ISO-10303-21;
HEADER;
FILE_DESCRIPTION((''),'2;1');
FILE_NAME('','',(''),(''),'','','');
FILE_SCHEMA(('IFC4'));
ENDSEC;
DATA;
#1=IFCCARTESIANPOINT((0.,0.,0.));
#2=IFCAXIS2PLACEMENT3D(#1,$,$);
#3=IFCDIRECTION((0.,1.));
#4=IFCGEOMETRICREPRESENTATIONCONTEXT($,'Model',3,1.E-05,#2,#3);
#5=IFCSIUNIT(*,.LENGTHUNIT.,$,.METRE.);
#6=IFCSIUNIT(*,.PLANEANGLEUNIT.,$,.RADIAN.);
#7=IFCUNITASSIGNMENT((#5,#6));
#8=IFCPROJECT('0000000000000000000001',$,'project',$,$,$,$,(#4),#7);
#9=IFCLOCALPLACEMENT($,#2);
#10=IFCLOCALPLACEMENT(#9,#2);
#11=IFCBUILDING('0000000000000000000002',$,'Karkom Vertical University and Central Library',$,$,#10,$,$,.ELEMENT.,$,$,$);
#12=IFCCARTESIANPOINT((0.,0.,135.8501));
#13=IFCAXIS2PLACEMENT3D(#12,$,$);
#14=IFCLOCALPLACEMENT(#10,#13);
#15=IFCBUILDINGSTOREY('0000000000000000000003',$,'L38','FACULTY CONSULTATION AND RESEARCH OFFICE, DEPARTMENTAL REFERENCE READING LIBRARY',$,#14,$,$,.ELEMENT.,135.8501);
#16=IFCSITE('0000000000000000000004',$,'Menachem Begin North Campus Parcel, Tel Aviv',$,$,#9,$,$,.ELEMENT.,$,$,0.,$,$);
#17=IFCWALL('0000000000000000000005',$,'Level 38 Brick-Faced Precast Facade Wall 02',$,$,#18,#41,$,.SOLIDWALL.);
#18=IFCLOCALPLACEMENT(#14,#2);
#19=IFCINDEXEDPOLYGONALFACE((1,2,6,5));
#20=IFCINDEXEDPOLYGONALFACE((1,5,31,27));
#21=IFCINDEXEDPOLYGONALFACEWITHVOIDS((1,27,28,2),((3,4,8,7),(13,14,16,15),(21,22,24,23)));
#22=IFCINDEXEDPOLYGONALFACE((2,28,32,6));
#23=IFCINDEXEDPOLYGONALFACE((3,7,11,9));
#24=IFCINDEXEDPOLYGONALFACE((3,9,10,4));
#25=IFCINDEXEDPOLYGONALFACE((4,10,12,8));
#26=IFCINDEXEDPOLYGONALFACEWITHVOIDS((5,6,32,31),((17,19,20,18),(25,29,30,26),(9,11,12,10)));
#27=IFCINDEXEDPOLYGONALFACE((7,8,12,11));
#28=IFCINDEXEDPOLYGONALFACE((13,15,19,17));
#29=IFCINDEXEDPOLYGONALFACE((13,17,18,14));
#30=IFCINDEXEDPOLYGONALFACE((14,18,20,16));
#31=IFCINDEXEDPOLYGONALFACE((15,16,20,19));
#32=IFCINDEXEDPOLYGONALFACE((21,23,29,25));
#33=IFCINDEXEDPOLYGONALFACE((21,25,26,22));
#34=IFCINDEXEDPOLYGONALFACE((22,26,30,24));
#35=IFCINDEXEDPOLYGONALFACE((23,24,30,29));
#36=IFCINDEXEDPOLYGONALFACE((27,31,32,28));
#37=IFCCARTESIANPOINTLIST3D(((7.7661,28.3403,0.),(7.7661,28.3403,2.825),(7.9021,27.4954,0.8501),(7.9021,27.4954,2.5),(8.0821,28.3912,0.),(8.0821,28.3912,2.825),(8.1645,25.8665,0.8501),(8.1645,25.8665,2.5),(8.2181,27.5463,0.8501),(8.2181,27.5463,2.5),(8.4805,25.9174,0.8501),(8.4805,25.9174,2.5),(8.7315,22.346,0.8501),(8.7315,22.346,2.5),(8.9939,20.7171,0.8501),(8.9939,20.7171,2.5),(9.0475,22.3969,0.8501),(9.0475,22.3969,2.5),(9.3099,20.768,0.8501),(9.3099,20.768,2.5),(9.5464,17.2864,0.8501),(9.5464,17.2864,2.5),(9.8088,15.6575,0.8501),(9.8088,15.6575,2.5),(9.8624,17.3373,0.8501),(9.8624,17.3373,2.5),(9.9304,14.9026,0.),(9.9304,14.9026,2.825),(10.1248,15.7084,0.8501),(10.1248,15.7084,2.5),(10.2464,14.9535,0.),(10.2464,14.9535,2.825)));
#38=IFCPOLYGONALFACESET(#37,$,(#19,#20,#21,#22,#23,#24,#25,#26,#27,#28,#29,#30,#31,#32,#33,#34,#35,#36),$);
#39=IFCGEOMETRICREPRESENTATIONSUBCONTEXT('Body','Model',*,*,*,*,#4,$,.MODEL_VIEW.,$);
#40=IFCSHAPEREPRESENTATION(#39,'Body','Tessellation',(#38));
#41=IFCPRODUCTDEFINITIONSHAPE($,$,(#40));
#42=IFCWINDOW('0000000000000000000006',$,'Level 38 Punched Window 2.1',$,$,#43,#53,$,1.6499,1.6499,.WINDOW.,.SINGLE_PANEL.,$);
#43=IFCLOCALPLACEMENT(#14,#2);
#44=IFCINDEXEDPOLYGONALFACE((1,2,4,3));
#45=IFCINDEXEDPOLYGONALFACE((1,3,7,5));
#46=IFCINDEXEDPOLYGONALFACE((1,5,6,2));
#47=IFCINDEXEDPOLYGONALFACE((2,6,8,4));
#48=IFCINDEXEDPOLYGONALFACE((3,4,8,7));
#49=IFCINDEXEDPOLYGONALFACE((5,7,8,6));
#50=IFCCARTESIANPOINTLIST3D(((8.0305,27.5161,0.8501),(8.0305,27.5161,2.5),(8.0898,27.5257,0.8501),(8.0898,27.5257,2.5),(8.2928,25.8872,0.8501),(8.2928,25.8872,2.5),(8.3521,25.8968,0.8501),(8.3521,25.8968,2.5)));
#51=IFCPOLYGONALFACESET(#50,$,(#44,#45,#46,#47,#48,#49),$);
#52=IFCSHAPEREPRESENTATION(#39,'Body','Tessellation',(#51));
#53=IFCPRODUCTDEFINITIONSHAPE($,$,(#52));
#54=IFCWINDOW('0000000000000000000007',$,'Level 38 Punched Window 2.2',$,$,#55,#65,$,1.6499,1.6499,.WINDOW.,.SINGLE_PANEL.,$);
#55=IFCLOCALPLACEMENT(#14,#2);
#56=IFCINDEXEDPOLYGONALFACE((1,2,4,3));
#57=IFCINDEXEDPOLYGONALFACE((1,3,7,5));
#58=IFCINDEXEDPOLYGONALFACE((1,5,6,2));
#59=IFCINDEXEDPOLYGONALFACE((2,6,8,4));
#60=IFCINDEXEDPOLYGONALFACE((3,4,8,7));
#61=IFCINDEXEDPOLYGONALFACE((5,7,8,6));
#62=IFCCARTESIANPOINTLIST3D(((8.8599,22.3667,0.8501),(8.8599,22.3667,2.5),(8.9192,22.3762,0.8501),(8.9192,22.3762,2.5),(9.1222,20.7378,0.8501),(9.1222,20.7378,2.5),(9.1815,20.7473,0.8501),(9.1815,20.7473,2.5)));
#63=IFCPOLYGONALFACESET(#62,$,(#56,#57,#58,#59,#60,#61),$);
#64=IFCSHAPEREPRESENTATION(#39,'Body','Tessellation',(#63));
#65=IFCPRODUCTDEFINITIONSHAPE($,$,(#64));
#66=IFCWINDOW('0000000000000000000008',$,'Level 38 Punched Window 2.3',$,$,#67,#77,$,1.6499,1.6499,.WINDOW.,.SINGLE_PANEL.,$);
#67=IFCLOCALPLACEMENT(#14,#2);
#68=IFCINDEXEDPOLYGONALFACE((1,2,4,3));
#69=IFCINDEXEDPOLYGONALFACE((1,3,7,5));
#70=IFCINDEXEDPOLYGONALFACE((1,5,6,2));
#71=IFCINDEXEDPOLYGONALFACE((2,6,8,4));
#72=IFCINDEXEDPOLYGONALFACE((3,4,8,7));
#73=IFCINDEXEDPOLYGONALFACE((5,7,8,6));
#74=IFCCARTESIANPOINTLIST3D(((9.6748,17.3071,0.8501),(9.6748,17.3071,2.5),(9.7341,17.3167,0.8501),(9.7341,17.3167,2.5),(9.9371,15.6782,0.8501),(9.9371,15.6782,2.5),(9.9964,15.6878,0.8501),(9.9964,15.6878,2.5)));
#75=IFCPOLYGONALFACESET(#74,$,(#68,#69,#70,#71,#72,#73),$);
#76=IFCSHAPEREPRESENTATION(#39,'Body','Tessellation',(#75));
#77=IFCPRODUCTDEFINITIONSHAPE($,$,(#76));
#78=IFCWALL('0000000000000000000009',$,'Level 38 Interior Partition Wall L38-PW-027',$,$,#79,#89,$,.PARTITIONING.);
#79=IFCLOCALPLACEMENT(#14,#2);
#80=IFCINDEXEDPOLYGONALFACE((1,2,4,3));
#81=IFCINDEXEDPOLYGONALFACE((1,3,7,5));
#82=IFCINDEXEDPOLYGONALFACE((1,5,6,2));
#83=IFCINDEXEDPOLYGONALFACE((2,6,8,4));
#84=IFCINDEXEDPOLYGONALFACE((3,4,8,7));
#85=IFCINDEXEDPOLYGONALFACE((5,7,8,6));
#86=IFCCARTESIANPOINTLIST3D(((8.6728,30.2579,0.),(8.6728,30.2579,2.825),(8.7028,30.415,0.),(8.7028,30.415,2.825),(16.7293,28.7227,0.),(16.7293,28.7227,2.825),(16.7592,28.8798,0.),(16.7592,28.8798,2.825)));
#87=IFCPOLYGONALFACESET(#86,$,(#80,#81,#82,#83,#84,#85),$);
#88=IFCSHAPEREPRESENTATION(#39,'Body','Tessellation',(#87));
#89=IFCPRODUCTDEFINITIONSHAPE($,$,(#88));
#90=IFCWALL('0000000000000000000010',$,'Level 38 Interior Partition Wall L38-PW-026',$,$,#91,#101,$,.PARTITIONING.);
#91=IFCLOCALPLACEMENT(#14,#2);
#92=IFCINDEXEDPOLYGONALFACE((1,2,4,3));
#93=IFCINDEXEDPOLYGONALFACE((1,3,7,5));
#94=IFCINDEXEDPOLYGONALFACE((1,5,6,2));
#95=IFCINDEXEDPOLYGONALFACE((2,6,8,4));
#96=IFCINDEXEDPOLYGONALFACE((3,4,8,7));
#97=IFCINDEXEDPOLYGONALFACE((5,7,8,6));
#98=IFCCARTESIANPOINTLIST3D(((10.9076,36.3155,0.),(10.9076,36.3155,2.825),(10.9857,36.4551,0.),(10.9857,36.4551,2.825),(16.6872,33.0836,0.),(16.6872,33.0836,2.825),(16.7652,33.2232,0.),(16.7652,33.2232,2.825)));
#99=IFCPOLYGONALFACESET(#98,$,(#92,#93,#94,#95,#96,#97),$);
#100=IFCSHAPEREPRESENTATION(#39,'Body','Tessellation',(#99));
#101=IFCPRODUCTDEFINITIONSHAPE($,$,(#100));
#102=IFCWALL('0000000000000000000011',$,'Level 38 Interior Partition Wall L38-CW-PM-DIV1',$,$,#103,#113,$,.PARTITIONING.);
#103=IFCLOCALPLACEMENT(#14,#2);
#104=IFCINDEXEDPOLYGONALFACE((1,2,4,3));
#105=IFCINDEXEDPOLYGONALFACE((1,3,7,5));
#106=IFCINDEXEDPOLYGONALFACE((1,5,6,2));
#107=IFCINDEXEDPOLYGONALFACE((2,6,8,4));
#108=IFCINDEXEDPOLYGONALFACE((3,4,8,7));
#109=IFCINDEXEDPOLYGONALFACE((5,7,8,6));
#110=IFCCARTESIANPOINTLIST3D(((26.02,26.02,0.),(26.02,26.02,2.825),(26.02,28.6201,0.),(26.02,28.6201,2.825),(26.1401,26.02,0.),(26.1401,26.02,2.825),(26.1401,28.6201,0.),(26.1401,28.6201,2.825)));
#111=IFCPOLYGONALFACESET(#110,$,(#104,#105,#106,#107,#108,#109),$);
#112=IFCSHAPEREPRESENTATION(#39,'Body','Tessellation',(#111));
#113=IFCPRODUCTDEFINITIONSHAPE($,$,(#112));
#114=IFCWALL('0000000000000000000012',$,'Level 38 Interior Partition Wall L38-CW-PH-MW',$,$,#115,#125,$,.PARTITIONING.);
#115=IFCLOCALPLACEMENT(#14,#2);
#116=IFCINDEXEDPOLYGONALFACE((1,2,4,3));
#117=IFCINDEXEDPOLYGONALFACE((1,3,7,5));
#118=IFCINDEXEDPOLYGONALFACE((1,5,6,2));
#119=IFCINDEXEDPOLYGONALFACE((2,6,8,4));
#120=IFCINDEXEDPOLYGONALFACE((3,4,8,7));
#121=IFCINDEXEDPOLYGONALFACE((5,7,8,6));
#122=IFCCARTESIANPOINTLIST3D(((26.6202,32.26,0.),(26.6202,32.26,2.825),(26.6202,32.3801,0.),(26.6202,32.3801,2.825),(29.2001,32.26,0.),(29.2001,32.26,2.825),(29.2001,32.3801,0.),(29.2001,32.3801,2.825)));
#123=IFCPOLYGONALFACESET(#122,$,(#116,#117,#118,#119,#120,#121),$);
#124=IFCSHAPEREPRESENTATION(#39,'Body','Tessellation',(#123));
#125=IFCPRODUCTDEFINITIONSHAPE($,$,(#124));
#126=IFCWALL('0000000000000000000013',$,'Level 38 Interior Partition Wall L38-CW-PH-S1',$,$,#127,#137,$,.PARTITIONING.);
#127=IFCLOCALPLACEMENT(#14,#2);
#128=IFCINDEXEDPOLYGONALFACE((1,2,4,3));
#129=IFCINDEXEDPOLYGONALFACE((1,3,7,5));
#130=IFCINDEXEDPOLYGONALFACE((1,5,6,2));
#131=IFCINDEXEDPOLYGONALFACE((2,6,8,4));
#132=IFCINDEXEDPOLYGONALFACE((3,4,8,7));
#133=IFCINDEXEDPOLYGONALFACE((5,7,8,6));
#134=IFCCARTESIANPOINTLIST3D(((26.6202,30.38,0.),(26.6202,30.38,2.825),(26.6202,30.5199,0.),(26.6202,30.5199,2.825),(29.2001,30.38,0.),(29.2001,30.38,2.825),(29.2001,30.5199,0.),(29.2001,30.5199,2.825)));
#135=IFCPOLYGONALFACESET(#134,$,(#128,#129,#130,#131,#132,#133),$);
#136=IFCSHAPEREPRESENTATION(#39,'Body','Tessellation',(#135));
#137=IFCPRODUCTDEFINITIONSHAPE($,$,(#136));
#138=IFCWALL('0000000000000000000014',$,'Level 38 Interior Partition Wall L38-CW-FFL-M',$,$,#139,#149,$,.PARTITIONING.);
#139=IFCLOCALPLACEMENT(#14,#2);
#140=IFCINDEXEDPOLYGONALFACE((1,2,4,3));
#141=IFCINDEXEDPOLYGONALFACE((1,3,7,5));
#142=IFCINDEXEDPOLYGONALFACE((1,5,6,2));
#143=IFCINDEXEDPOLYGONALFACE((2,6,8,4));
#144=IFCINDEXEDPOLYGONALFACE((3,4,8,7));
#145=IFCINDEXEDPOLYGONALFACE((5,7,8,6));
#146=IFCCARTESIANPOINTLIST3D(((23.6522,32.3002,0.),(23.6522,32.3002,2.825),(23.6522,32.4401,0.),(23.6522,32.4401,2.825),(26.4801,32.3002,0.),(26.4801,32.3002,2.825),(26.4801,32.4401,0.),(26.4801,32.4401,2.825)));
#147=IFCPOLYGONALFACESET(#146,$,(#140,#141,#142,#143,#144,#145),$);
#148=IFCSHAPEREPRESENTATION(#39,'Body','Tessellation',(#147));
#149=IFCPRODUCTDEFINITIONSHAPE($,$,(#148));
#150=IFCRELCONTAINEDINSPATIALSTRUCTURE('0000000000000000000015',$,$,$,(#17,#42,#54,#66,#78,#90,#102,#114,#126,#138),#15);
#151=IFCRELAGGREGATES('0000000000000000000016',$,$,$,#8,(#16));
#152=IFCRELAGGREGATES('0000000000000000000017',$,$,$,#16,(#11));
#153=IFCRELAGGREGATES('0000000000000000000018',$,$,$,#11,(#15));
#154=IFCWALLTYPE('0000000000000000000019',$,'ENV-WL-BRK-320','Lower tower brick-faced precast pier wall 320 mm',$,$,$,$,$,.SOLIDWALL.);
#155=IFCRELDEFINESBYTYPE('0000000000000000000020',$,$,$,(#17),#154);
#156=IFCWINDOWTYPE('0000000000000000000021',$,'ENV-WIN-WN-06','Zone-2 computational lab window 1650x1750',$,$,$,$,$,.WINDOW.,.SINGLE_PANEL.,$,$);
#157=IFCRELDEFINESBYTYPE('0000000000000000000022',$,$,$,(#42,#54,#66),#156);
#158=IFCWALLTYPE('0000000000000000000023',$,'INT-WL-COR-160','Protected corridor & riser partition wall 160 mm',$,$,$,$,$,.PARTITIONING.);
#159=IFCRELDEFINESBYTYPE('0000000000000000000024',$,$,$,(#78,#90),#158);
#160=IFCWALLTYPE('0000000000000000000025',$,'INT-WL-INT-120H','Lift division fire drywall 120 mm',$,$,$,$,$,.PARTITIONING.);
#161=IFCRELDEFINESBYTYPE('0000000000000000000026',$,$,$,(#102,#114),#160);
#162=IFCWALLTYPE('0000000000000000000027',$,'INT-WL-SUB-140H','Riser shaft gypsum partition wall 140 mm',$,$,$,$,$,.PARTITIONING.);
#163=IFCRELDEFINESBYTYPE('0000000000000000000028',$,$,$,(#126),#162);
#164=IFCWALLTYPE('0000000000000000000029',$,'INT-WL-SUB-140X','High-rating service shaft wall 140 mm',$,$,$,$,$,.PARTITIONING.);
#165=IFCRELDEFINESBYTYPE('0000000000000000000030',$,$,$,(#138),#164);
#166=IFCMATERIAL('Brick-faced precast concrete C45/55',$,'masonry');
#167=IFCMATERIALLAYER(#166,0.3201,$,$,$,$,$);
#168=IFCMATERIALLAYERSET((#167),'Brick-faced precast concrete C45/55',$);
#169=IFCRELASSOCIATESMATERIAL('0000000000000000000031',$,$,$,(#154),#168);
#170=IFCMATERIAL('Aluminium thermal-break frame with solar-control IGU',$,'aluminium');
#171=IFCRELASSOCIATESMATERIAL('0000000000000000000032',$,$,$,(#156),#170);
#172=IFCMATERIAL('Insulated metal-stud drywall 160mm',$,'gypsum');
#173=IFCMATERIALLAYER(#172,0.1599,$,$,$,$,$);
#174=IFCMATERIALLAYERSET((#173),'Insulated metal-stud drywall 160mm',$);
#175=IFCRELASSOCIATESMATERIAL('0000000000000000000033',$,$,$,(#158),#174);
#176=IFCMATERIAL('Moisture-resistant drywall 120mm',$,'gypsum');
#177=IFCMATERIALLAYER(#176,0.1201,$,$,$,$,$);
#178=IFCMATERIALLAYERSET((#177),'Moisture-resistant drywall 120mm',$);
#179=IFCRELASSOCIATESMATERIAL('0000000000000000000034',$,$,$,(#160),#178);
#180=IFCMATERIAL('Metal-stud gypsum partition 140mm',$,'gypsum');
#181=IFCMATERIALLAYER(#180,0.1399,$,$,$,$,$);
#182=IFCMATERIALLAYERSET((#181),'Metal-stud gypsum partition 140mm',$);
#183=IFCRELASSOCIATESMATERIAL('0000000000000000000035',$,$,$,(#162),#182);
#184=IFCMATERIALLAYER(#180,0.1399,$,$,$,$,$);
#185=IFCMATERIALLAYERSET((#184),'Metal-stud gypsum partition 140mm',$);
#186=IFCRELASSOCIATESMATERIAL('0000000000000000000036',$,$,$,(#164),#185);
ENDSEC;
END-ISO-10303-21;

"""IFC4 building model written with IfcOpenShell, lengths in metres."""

from ifc_helpers import new_model, si_unit, direction, frame, frame_2d, origin, origin_with_axes, place, context, subcontext, project, spatial, rectangle, extrude, source, transform, mapped, material, layer, layer_set, type_object, element, fill, save


model = new_model("IFC4")

# Units and contexts
model_context = context("Model", 3, precision=1e-05, world=origin(), true_north=direction((0.0, 1.0)))
body_context = subcontext(model_context, "Body", "Model", "MODEL_VIEW")
ifc_project = project(units=[si_unit("LENGTHUNIT", "METRE"), si_unit("PLANEANGLEUNIT", "RADIAN")], contexts=[model_context])

# Site, building, storey
site_placement = place(None, origin())
site = spatial("IfcSite", under=ifc_project, at=site_placement, Name="Menachem Begin North Campus Parcel, Tel Aviv", CompositionType="ELEMENT", RefElevation=0.0)
building_placement = place(site_placement, origin())
building = spatial("IfcBuilding", under=site, at=building_placement, Name="Karkom Vertical University and Central Library", CompositionType="ELEMENT")
storey_placement = place(building_placement, frame((0.0, 0.0, 135.8501)))
storey = spatial("IfcBuildingStorey", under=building, at=storey_placement, Name="L38", Description="FACULTY CONSULTATION AND RESEARCH OFFICE, DEPARTMENTAL REFERENCE READING LIBRARY", CompositionType="ELEMENT", Elevation=135.8501)

# Wall, openings, windows
ifc_material_1 = material(Name="Brick-faced precast concrete C45/55", Category="masonry")
ifc_layer_1 = layer(ifc_material_1, 0.3201)
ifc_layer_set_1 = layer_set([ifc_layer_1], Name="Brick-faced precast concrete C45/55")
wall_type_1 = type_object("IfcWallType", Name="ENV-WL-BRK-320", Description="Lower tower brick-faced precast pier wall 320 mm", PredefinedType="SOLIDWALL", material=ifc_layer_set_1)
wall_1_placement = place(storey_placement, frame((7.9241, 28.3657, 0.0), z_axis=(0.0, 0.0, 1.0), x_axis=(0.159012, -0.987277, 0.0)))
wall_1 = element("IfcWall", 1, at=wall_1_placement, inside=storey, type_object=wall_type_1, Name="Level 38 Brick-Faced Precast Facade Wall 02", PredefinedType="SOLIDWALL", context=body_context, shape_type="SweptSolid", body=[
    extrude(rectangle(XDim=13.6108, YDim=0.3201, at=frame_2d((6.8054, 0.0))), origin(), (0.0, 0.0, 1.0), 2.825),
])
opening_1_placement = place(wall_1_placement, frame((0.8557, 0.0, 0.8501)))
opening_1 = element("IfcOpeningElement", 2, at=opening_1_placement, cuts=wall_1, PredefinedType="OPENING", context=body_context, shape_type="SweptSolid", body=[
    extrude(rectangle(XDim=1.6499, YDim=1.6499, at=frame_2d((0.825, 0.825))), frame((0.0, 0.1699, 0.0), z_axis=(0.0, -1.0, 0.0), x_axis=(1.0, 0.0, 0.0)), (0.0, 0.0, 1.0), 0.3401),
])
opening_2_placement = place(wall_1_placement, frame((6.0715, 0.0, 0.8501)))
opening_2 = element("IfcOpeningElement", 3, at=opening_2_placement, cuts=wall_1, PredefinedType="OPENING", context=body_context, shape_type="SweptSolid", body=[
    extrude(rectangle(XDim=1.6499, YDim=1.6499, at=frame_2d((0.825, 0.825))), frame((0.0, 0.1699, 0.0), z_axis=(0.0, -1.0, 0.0), x_axis=(1.0, 0.0, 0.0)), (0.0, 0.0, 1.0), 0.3401),
])
opening_3_placement = place(wall_1_placement, frame((11.1963, 0.0, 0.8501)))
opening_3 = element("IfcOpeningElement", 4, at=opening_3_placement, cuts=wall_1, PredefinedType="OPENING", context=body_context, shape_type="SweptSolid", body=[
    extrude(rectangle(XDim=1.6499, YDim=1.6499, at=frame_2d((0.825, 0.825))), frame((0.0, 0.1699, 0.0), z_axis=(0.0, -1.0, 0.0), x_axis=(1.0, 0.0, 0.0)), (0.0, 0.0, 1.0), 0.3401),
])
ifc_material_2 = material(Name="Aluminium thermal-break frame with solar-control IGU", Category="aluminium")
window_type = type_object("IfcWindowType", Name="ENV-WIN-WN-06", Description="Zone-2 computational lab window 1650x1750", PartitioningType="SINGLE_PANEL", PredefinedType="WINDOW", material=ifc_material_2)
shared_shape_1 = source(origin_with_axes(), body_context, "Body", "SweptSolid", [
    extrude(rectangle(XDim=1.6499, YDim=1.6499, at=frame_2d((0.825, 0.825))), frame((0.0, 0.03, 0.0), z_axis=(0.0, -1.0, 0.0), x_axis=(1.0, 0.0, 0.0)), (0.0, 0.0, 1.0), 0.0601),
])
window_1_placement = place(opening_1_placement, origin())
window_1 = element("IfcWindow", 5, at=window_1_placement, inside=storey, type_object=window_type, Name="Level 38 Punched Window 2.1", OverallHeight=1.6499, OverallWidth=1.6499, PartitioningType="SINGLE_PANEL", PredefinedType="WINDOW", context=body_context, shape_type="MappedRepresentation", body=[
    mapped(shared_shape_1, transform((0.0, 0.0, 0.0), scale=1.0)),
])
fill(opening_1, window_1)
window_2_placement = place(opening_2_placement, origin())
window_2 = element("IfcWindow", 6, at=window_2_placement, inside=storey, type_object=window_type, Name="Level 38 Punched Window 2.2", OverallHeight=1.6499, OverallWidth=1.6499, PartitioningType="SINGLE_PANEL", PredefinedType="WINDOW", context=body_context, shape_type="MappedRepresentation", body=[
    mapped(shared_shape_1, transform((0.0, 0.0, 0.0), scale=1.0)),
])
fill(opening_2, window_2)
window_3_placement = place(opening_3_placement, origin())
window_3 = element("IfcWindow", 7, at=window_3_placement, inside=storey, type_object=window_type, Name="Level 38 Punched Window 2.3", OverallHeight=1.6499, OverallWidth=1.6499, PartitioningType="SINGLE_PANEL", PredefinedType="WINDOW", context=body_context, shape_type="MappedRepresentation", body=[
    mapped(shared_shape_1, transform((0.0, 0.0, 0.0), scale=1.0)),
])
fill(opening_3, window_3)

# Walls
ifc_material_3 = material(Name="Insulated metal-stud drywall 160mm", Category="gypsum")
ifc_layer_2 = layer(ifc_material_3, 0.1599)
ifc_layer_set_2 = layer_set([ifc_layer_2], Name="Insulated metal-stud drywall 160mm")
wall_type_2 = type_object("IfcWallType", Name="INT-WL-COR-160", Description="Protected corridor & riser partition wall 160 mm", PredefinedType="PARTITIONING", material=ifc_layer_set_2)
wall_2_placement = place(storey_placement, frame((16.7441, 28.8013, 0.0), z_axis=(0.0, 0.0, 1.0), x_axis=(-0.982325, 0.187183, 0.0)))
element("IfcWall", 8, at=wall_2_placement, inside=storey, type_object=wall_type_2, Name="Level 38 Interior Partition Wall L38-PW-027", PredefinedType="PARTITIONING", context=body_context, shape_type="SweptSolid", body=[
    extrude(rectangle(XDim=8.2014, YDim=0.1599, at=frame_2d((4.1006, 0.0))), origin(), (0.0, 0.0, 1.0), 2.825),
])
wall_3_placement = place(storey_placement, frame((16.7263, 33.1533, 0.0), z_axis=(0.0, 0.0, 1.0), x_axis=(-0.872803, 0.488073, 0.0)))
element("IfcWall", 9, at=wall_3_placement, inside=storey, type_object=wall_type_2, Name="Level 38 Interior Partition Wall L38-PW-026", PredefinedType="PARTITIONING", context=body_context, shape_type="SweptSolid", body=[
    extrude(rectangle(XDim=6.6218, YDim=0.1599, at=frame_2d((3.311, 0.0))), origin(), (0.0, 0.0, 1.0), 2.825),
])
ifc_material_4 = material(Name="Moisture-resistant drywall 120mm", Category="gypsum")
ifc_layer_3 = layer(ifc_material_4, 0.1201)
ifc_layer_set_3 = layer_set([ifc_layer_3], Name="Moisture-resistant drywall 120mm")
wall_type_3 = type_object("IfcWallType", Name="INT-WL-INT-120H", Description="Lift division fire drywall 120 mm", PredefinedType="PARTITIONING", material=ifc_layer_set_3)
wall_4_placement = place(storey_placement, frame((26.0801, 26.02, 0.0), z_axis=(0.0, 0.0, 1.0), x_axis=(0.0, 1.0, 0.0)))
element("IfcWall", 10, at=wall_4_placement, inside=storey, type_object=wall_type_3, Name="Level 38 Interior Partition Wall L38-CW-PM-DIV1", PredefinedType="PARTITIONING", context=body_context, shape_type="SweptSolid", body=[
    extrude(rectangle(XDim=2.6001, YDim=0.1201, at=frame_2d((1.3, 0.0))), origin(), (0.0, 0.0, 1.0), 2.825),
])
wall_5_placement = place(storey_placement, frame((26.6201, 32.3201, 0.0), z_axis=(0.0, 0.0, 1.0), x_axis=(1.0, 0.0, 0.0)))
element("IfcWall", 11, at=wall_5_placement, inside=storey, type_object=wall_type_3, Name="Level 38 Interior Partition Wall L38-CW-PH-MW", PredefinedType="PARTITIONING", context=body_context, shape_type="SweptSolid", body=[
    extrude(rectangle(XDim=2.5798, YDim=0.1201, at=frame_2d((1.29, 0.0))), origin(), (0.0, 0.0, 1.0), 2.825),
])
ifc_material_5 = material(Name="Metal-stud gypsum partition 140mm", Category="gypsum")
ifc_layer_4 = layer(ifc_material_5, 0.1399)
ifc_layer_set_4 = layer_set([ifc_layer_4], Name="Metal-stud gypsum partition 140mm")
wall_type_4 = type_object("IfcWallType", Name="INT-WL-SUB-140H", Description="Riser shaft gypsum partition wall 140 mm", PredefinedType="PARTITIONING", material=ifc_layer_set_4)
wall_6_placement = place(storey_placement, frame((26.6201, 30.45, 0.0), z_axis=(0.0, 0.0, 1.0), x_axis=(1.0, 0.0, 0.0)))
element("IfcWall", 12, at=wall_6_placement, inside=storey, type_object=wall_type_4, Name="Level 38 Interior Partition Wall L38-CW-PH-S1", PredefinedType="PARTITIONING", context=body_context, shape_type="SweptSolid", body=[
    extrude(rectangle(XDim=2.5798, YDim=0.1399, at=frame_2d((1.29, 0.0))), origin(), (0.0, 0.0, 1.0), 2.825),
])
ifc_layer_5 = layer(ifc_material_5, 0.1399)
ifc_layer_set_5 = layer_set([ifc_layer_5], Name="Metal-stud gypsum partition 140mm")
wall_type_5 = type_object("IfcWallType", Name="INT-WL-SUB-140X", Description="High-rating service shaft wall 140 mm", PredefinedType="PARTITIONING", material=ifc_layer_set_5)
wall_7_placement = place(storey_placement, frame((23.6521, 32.3701, 0.0), z_axis=(0.0, 0.0, 1.0), x_axis=(1.0, 0.0, 0.0)))
element("IfcWall", 13, at=wall_7_placement, inside=storey, type_object=wall_type_5, Name="Level 38 Interior Partition Wall L38-CW-FFL-M", PredefinedType="PARTITIONING", context=body_context, shape_type="SweptSolid", body=[
    extrude(rectangle(XDim=2.8279, YDim=0.1399, at=frame_2d((1.4141, 0.0))), origin(), (0.0, 0.0, 1.0), 2.825),
])

save(model, "model.ifc")
